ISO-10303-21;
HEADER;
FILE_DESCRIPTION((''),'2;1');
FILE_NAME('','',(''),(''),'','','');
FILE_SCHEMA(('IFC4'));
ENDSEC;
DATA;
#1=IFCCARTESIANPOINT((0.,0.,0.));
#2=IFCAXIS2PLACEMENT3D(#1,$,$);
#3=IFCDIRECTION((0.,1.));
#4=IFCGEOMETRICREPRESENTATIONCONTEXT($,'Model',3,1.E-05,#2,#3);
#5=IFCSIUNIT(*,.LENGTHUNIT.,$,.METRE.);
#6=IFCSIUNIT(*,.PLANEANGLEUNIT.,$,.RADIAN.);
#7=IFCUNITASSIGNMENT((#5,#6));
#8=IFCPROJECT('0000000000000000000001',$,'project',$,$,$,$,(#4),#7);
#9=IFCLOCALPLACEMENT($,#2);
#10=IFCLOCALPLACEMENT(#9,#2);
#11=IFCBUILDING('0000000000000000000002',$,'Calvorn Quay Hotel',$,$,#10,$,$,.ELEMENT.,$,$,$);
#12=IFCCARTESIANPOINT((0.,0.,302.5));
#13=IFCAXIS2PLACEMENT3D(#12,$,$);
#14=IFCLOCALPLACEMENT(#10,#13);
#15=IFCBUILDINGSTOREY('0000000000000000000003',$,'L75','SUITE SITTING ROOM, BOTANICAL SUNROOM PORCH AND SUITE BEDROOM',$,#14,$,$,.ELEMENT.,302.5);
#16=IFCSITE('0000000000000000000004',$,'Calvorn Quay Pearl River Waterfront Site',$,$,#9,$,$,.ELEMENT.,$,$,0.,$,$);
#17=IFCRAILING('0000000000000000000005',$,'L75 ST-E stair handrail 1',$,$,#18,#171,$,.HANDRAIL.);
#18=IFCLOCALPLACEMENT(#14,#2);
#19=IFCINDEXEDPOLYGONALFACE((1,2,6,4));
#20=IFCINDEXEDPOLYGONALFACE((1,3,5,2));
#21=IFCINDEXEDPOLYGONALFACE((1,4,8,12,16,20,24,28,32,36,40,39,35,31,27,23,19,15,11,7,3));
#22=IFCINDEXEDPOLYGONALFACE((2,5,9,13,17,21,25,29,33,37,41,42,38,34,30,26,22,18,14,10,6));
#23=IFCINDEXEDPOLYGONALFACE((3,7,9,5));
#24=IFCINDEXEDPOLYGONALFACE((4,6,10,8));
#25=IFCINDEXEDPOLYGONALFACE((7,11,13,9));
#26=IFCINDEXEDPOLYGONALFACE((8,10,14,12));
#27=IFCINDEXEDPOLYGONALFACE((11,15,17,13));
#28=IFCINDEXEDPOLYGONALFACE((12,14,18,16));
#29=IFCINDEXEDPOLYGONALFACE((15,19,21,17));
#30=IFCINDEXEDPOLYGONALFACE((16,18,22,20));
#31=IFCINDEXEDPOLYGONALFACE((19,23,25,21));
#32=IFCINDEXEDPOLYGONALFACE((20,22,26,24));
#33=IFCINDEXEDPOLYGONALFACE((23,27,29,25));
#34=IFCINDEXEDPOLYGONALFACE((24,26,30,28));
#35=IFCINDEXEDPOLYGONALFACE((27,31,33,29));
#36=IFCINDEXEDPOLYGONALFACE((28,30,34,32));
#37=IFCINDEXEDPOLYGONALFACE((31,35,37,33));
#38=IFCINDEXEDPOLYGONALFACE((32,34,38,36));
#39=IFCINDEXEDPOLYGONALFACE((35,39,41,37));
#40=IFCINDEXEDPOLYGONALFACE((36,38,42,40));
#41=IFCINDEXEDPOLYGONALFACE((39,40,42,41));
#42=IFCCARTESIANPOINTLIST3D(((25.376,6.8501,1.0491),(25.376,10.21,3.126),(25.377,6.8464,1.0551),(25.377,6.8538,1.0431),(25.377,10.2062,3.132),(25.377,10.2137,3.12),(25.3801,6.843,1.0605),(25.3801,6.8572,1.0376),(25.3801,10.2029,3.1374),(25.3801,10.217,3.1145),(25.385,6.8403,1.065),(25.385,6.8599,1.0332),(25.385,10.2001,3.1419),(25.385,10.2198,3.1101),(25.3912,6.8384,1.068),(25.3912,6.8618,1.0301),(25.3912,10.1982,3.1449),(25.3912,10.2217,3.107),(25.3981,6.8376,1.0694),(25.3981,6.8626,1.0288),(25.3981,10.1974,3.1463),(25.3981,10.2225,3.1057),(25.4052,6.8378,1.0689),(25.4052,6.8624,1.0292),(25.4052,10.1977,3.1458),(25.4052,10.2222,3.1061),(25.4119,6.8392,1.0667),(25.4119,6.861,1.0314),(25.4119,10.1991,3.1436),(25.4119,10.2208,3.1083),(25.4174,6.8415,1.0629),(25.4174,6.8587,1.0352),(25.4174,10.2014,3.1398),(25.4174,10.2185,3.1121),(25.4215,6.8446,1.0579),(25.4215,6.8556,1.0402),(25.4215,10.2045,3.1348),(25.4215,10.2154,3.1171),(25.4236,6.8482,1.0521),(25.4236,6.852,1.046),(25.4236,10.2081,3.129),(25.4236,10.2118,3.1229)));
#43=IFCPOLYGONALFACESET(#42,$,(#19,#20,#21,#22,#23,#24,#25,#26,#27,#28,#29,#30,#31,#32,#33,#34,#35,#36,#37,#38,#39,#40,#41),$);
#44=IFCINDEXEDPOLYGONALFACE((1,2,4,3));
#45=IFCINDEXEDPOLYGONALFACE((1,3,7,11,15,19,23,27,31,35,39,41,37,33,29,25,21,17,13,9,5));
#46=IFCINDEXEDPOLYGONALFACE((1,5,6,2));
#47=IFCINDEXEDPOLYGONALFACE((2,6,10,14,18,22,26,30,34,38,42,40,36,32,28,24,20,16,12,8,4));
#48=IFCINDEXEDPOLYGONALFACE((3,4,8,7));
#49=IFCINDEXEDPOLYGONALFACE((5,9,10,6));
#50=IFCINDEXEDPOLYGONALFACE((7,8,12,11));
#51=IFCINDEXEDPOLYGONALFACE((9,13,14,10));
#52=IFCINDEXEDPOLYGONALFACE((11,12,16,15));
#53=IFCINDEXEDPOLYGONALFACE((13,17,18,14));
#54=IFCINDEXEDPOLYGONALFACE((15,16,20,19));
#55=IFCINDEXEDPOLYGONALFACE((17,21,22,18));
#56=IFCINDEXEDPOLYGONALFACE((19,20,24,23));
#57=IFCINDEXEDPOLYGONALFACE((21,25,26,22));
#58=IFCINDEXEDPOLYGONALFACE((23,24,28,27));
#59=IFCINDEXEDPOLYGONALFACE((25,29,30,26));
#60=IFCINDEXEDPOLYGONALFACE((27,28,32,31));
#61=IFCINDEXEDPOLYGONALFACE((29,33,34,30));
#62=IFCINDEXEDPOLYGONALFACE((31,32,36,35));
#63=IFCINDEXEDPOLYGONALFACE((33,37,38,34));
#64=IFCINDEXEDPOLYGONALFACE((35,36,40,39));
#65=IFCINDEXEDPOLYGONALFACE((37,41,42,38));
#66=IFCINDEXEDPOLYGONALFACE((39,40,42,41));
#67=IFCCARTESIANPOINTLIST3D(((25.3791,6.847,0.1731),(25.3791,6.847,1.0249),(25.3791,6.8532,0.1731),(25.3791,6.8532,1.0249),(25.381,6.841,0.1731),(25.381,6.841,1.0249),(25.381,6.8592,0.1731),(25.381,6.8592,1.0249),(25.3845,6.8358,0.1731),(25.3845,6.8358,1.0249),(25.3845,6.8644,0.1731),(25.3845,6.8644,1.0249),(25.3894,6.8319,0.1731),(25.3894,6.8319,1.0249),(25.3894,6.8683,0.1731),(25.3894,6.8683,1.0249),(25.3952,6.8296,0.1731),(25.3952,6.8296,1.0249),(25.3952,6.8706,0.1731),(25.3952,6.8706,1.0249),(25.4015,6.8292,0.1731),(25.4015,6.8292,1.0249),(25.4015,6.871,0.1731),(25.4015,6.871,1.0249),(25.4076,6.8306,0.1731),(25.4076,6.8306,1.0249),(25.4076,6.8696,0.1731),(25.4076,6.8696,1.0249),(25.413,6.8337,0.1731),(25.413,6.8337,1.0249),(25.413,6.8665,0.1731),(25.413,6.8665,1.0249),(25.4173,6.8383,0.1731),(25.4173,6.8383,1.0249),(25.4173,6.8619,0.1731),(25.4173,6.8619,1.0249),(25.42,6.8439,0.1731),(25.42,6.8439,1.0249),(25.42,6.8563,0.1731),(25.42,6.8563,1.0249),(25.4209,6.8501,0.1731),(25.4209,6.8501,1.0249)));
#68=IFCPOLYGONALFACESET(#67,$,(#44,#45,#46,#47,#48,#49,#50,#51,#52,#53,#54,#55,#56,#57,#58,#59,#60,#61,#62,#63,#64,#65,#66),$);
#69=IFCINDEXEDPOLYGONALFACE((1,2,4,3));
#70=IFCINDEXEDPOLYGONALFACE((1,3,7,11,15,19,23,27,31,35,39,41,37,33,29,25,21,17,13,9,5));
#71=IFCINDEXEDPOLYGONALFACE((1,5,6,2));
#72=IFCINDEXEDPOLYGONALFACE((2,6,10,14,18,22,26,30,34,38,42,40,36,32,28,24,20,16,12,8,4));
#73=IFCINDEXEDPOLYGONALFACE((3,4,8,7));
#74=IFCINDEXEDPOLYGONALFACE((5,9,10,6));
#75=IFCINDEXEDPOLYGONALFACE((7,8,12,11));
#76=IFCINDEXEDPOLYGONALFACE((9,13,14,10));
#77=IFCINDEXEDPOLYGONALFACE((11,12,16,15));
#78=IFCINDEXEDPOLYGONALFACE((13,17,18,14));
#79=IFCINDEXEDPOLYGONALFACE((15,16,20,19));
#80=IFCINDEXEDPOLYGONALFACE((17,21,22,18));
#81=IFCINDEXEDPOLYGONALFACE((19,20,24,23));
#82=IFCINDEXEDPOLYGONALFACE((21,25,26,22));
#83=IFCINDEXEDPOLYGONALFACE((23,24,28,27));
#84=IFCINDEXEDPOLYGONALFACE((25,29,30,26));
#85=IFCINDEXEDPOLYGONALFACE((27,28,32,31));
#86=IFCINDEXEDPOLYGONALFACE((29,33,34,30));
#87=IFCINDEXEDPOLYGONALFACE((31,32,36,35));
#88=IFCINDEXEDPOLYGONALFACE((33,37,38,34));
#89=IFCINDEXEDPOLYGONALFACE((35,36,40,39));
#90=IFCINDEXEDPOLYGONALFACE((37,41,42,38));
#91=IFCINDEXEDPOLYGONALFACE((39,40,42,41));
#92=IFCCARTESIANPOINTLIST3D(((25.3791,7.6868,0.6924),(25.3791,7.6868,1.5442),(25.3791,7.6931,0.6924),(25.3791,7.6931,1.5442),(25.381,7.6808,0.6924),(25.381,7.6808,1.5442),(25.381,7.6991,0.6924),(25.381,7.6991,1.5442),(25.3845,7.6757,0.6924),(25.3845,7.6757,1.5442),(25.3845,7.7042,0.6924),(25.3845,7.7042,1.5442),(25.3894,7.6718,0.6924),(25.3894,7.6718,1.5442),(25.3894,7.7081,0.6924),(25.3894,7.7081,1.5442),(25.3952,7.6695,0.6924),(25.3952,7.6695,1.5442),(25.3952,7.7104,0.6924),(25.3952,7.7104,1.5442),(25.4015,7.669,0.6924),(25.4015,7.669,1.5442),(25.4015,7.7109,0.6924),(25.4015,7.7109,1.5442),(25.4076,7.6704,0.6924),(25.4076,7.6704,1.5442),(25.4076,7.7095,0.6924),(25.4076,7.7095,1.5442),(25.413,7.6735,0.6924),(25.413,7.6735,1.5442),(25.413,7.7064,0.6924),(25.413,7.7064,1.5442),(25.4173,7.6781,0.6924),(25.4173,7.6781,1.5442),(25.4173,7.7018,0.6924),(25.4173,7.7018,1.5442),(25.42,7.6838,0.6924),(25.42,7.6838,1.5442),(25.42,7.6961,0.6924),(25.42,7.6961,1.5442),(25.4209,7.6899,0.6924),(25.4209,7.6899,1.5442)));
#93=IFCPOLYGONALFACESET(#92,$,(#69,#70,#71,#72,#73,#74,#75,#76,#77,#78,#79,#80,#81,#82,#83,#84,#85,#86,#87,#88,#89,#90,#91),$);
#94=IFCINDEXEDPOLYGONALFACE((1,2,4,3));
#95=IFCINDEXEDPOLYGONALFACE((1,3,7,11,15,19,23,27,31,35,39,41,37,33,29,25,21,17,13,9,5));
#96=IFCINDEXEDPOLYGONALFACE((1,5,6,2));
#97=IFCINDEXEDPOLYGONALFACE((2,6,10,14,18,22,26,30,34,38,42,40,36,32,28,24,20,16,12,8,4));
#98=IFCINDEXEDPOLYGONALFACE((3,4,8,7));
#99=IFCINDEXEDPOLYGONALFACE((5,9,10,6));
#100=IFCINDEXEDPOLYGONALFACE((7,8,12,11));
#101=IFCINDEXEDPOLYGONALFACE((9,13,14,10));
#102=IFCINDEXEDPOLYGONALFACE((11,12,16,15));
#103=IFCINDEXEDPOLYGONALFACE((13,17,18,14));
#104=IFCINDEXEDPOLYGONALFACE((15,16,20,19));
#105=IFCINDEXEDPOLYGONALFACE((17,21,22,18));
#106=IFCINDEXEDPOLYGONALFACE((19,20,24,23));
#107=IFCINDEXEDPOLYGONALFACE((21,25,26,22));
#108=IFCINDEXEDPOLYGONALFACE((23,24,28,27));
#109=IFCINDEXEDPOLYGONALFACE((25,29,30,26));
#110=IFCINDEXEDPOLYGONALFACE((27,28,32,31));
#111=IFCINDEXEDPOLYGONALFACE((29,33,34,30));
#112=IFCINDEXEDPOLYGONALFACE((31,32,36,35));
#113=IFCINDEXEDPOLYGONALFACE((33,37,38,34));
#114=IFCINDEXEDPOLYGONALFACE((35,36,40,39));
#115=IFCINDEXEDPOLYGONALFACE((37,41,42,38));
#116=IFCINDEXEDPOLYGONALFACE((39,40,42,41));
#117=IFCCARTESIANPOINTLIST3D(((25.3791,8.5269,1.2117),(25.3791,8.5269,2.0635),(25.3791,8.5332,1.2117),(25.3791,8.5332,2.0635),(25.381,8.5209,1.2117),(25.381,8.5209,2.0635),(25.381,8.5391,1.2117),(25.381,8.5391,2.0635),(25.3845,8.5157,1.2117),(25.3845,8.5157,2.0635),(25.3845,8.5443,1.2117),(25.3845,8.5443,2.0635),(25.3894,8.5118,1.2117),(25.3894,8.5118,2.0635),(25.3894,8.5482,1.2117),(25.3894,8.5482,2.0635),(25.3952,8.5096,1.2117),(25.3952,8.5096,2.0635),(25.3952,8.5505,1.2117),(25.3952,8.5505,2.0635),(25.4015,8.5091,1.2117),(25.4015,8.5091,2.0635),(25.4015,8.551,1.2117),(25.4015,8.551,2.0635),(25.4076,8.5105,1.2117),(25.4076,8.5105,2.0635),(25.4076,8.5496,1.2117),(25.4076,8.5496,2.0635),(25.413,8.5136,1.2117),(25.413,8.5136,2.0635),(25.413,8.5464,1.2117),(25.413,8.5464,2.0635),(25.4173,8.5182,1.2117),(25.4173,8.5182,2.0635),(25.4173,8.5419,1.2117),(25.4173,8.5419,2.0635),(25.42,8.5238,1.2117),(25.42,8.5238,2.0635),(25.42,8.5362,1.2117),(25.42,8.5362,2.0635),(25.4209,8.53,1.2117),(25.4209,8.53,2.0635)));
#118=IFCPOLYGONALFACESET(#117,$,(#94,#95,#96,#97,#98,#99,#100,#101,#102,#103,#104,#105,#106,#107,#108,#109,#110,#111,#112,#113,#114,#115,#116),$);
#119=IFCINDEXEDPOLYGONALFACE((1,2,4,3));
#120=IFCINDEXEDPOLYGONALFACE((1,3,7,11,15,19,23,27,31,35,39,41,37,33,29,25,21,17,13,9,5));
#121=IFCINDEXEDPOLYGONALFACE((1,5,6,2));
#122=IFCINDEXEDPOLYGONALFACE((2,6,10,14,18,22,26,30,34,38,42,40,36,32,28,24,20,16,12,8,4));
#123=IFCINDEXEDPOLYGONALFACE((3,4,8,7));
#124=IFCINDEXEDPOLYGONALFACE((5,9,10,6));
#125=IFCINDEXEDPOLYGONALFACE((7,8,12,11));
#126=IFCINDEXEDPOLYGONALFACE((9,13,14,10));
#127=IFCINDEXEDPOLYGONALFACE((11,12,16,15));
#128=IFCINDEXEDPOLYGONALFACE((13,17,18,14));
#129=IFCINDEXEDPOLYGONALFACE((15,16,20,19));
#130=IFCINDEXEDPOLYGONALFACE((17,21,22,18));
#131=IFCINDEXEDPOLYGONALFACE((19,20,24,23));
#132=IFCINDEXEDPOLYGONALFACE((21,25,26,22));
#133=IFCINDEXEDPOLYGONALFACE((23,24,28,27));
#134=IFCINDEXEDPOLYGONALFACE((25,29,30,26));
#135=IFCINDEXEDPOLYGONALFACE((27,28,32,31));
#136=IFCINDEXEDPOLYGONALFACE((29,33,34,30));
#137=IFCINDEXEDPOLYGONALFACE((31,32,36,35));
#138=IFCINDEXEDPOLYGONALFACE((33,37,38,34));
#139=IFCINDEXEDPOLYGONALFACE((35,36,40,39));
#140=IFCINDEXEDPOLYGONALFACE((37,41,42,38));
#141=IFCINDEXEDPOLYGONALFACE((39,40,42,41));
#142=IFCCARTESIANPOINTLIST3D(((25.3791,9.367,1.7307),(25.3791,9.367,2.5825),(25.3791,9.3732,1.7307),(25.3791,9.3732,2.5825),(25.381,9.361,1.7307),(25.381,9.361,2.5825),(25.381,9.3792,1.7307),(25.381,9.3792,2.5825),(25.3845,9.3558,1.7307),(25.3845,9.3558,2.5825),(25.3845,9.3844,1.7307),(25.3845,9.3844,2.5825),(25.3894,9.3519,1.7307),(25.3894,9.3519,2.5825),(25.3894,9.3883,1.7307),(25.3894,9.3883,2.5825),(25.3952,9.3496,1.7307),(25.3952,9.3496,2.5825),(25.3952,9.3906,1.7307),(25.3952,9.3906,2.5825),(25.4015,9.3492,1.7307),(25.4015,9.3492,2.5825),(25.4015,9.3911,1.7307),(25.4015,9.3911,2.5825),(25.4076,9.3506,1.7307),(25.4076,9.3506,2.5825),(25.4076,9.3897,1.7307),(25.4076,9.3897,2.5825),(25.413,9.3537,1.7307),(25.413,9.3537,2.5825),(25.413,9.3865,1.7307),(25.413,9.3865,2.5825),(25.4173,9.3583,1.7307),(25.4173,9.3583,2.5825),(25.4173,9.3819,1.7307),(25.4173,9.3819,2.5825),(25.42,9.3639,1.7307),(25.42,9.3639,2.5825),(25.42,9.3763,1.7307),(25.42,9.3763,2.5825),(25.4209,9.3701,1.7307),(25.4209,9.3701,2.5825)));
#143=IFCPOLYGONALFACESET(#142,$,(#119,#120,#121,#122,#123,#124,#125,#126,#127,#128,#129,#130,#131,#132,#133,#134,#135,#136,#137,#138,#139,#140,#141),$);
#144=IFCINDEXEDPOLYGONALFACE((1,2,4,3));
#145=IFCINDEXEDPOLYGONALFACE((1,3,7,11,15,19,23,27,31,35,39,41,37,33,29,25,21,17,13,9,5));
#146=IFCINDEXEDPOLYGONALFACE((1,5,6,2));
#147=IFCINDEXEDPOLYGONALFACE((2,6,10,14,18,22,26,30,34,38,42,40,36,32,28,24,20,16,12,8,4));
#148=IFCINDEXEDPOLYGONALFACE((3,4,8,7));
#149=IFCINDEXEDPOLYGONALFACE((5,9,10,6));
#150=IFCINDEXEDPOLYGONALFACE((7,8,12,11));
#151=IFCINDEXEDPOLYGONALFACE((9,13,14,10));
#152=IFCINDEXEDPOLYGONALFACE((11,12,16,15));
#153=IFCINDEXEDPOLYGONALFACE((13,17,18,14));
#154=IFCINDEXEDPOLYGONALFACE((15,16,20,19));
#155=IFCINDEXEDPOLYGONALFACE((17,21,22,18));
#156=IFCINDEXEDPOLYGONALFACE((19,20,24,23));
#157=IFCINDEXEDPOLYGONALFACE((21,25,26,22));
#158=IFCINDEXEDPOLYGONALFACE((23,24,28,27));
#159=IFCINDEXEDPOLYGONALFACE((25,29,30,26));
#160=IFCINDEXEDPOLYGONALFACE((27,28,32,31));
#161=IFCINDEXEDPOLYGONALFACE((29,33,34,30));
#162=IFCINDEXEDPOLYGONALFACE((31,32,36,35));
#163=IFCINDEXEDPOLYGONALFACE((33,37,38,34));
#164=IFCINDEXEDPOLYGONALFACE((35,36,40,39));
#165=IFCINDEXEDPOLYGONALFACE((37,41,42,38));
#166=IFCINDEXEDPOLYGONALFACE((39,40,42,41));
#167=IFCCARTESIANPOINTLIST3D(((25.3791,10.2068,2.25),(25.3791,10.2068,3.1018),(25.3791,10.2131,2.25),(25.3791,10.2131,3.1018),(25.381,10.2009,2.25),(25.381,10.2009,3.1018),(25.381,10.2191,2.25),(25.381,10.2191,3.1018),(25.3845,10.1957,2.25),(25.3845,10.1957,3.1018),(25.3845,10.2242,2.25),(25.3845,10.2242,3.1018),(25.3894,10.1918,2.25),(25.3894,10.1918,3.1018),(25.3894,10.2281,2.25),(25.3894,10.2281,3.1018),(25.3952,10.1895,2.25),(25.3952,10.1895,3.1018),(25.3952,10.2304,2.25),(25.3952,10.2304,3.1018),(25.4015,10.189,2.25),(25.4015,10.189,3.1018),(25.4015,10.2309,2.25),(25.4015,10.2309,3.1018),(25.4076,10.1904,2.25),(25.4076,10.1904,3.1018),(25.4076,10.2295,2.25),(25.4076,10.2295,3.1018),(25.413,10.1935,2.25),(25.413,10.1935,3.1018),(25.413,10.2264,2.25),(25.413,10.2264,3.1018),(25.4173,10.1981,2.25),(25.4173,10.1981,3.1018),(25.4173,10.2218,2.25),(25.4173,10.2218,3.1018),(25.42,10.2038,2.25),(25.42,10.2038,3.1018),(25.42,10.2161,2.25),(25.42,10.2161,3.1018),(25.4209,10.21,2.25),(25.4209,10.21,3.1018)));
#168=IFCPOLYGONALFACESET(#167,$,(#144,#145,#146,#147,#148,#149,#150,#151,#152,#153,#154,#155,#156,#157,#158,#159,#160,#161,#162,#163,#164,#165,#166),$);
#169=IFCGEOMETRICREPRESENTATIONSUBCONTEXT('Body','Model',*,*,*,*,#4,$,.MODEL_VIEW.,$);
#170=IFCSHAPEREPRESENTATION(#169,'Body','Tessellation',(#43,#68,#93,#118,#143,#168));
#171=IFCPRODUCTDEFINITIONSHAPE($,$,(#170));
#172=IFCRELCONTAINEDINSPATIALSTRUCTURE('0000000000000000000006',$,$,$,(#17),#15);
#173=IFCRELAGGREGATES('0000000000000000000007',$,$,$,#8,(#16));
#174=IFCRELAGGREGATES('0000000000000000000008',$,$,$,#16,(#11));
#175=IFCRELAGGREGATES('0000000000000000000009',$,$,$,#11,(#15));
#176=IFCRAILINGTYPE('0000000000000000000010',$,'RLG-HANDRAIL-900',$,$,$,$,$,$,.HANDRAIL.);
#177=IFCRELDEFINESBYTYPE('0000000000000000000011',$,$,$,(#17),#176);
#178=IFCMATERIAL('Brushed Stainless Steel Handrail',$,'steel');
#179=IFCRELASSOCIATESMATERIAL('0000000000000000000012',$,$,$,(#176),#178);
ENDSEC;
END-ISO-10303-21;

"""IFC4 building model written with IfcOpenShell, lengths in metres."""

from ifc_helpers import new_model, si_unit, direction, frame, origin, origin_2d, place, context, subcontext, project, spatial, circle, extrude, material, type_object, element, save


model = new_model("IFC4")

# Units and contexts
model_context = context("Model", 3, precision=1e-05, world=origin(), true_north=direction((0.0, 1.0)))
body_context = subcontext(model_context, "Body", "Model", "MODEL_VIEW")
ifc_project = project(units=[si_unit("LENGTHUNIT", "METRE"), si_unit("PLANEANGLEUNIT", "RADIAN")], contexts=[model_context])

# Site, building, storey
site_placement = place(None, origin())
site = spatial("IfcSite", under=ifc_project, at=site_placement, Name="Calvorn Quay Pearl River Waterfront Site", CompositionType="ELEMENT", RefElevation=0.0)
building_placement = place(site_placement, origin())
building = spatial("IfcBuilding", under=site, at=building_placement, Name="Calvorn Quay Hotel", CompositionType="ELEMENT")
storey_placement = place(building_placement, frame((0.0, 0.0, 302.5)))
storey = spatial("IfcBuildingStorey", under=building, at=storey_placement, Name="L75", Description="SUITE SITTING ROOM, BOTANICAL SUNROOM PORCH AND SUITE BEDROOM", CompositionType="ELEMENT", Elevation=302.5)

# Railing
ifc_material_1 = material(Name="Brushed Stainless Steel Handrail", Category="steel")
railing_type_1 = type_object("IfcRailingType", Name="RLG-HANDRAIL-900", PredefinedType="HANDRAIL", material=ifc_material_1)
railing_1_placement = place(storey_placement, frame((25.3999, 6.8501, 0.1731)))
element("IfcRailing", 1, at=railing_1_placement, inside=storey, type_object=railing_type_1, Name="L75 ST-E stair handrail 1", PredefinedType="HANDRAIL", context=body_context, shape_type="SweptSolid", body=[
    extrude(circle(Radius=0.0239, at=origin_2d()), frame((0.0, 0.0, 0.876), z_axis=(0.0, 0.850606, 0.525803), x_axis=(-1.0, 0.0, 0.0)), (0.0, 0.0, 1.0), 3.95),
    extrude(circle(Radius=0.021, at=origin_2d()), origin(), (0.0, 0.0, 1.0), 0.8518),
    extrude(circle(Radius=0.021, at=origin_2d()), frame((0.0, 0.8398, 0.5193)), (0.0, 0.0, 1.0), 0.8518),
    extrude(circle(Radius=0.021, at=origin_2d()), frame((0.0, 1.6799, 1.0386)), (0.0, 0.0, 1.0), 0.8518),
    extrude(circle(Radius=0.021, at=origin_2d()), frame((0.0, 2.52, 1.5576)), (0.0, 0.0, 1.0), 0.8518),
    extrude(circle(Radius=0.021, at=origin_2d()), frame((0.0, 3.3599, 2.0769)), (0.0, 0.0, 1.0), 0.8518),
])

save(model, "model.ifc")
